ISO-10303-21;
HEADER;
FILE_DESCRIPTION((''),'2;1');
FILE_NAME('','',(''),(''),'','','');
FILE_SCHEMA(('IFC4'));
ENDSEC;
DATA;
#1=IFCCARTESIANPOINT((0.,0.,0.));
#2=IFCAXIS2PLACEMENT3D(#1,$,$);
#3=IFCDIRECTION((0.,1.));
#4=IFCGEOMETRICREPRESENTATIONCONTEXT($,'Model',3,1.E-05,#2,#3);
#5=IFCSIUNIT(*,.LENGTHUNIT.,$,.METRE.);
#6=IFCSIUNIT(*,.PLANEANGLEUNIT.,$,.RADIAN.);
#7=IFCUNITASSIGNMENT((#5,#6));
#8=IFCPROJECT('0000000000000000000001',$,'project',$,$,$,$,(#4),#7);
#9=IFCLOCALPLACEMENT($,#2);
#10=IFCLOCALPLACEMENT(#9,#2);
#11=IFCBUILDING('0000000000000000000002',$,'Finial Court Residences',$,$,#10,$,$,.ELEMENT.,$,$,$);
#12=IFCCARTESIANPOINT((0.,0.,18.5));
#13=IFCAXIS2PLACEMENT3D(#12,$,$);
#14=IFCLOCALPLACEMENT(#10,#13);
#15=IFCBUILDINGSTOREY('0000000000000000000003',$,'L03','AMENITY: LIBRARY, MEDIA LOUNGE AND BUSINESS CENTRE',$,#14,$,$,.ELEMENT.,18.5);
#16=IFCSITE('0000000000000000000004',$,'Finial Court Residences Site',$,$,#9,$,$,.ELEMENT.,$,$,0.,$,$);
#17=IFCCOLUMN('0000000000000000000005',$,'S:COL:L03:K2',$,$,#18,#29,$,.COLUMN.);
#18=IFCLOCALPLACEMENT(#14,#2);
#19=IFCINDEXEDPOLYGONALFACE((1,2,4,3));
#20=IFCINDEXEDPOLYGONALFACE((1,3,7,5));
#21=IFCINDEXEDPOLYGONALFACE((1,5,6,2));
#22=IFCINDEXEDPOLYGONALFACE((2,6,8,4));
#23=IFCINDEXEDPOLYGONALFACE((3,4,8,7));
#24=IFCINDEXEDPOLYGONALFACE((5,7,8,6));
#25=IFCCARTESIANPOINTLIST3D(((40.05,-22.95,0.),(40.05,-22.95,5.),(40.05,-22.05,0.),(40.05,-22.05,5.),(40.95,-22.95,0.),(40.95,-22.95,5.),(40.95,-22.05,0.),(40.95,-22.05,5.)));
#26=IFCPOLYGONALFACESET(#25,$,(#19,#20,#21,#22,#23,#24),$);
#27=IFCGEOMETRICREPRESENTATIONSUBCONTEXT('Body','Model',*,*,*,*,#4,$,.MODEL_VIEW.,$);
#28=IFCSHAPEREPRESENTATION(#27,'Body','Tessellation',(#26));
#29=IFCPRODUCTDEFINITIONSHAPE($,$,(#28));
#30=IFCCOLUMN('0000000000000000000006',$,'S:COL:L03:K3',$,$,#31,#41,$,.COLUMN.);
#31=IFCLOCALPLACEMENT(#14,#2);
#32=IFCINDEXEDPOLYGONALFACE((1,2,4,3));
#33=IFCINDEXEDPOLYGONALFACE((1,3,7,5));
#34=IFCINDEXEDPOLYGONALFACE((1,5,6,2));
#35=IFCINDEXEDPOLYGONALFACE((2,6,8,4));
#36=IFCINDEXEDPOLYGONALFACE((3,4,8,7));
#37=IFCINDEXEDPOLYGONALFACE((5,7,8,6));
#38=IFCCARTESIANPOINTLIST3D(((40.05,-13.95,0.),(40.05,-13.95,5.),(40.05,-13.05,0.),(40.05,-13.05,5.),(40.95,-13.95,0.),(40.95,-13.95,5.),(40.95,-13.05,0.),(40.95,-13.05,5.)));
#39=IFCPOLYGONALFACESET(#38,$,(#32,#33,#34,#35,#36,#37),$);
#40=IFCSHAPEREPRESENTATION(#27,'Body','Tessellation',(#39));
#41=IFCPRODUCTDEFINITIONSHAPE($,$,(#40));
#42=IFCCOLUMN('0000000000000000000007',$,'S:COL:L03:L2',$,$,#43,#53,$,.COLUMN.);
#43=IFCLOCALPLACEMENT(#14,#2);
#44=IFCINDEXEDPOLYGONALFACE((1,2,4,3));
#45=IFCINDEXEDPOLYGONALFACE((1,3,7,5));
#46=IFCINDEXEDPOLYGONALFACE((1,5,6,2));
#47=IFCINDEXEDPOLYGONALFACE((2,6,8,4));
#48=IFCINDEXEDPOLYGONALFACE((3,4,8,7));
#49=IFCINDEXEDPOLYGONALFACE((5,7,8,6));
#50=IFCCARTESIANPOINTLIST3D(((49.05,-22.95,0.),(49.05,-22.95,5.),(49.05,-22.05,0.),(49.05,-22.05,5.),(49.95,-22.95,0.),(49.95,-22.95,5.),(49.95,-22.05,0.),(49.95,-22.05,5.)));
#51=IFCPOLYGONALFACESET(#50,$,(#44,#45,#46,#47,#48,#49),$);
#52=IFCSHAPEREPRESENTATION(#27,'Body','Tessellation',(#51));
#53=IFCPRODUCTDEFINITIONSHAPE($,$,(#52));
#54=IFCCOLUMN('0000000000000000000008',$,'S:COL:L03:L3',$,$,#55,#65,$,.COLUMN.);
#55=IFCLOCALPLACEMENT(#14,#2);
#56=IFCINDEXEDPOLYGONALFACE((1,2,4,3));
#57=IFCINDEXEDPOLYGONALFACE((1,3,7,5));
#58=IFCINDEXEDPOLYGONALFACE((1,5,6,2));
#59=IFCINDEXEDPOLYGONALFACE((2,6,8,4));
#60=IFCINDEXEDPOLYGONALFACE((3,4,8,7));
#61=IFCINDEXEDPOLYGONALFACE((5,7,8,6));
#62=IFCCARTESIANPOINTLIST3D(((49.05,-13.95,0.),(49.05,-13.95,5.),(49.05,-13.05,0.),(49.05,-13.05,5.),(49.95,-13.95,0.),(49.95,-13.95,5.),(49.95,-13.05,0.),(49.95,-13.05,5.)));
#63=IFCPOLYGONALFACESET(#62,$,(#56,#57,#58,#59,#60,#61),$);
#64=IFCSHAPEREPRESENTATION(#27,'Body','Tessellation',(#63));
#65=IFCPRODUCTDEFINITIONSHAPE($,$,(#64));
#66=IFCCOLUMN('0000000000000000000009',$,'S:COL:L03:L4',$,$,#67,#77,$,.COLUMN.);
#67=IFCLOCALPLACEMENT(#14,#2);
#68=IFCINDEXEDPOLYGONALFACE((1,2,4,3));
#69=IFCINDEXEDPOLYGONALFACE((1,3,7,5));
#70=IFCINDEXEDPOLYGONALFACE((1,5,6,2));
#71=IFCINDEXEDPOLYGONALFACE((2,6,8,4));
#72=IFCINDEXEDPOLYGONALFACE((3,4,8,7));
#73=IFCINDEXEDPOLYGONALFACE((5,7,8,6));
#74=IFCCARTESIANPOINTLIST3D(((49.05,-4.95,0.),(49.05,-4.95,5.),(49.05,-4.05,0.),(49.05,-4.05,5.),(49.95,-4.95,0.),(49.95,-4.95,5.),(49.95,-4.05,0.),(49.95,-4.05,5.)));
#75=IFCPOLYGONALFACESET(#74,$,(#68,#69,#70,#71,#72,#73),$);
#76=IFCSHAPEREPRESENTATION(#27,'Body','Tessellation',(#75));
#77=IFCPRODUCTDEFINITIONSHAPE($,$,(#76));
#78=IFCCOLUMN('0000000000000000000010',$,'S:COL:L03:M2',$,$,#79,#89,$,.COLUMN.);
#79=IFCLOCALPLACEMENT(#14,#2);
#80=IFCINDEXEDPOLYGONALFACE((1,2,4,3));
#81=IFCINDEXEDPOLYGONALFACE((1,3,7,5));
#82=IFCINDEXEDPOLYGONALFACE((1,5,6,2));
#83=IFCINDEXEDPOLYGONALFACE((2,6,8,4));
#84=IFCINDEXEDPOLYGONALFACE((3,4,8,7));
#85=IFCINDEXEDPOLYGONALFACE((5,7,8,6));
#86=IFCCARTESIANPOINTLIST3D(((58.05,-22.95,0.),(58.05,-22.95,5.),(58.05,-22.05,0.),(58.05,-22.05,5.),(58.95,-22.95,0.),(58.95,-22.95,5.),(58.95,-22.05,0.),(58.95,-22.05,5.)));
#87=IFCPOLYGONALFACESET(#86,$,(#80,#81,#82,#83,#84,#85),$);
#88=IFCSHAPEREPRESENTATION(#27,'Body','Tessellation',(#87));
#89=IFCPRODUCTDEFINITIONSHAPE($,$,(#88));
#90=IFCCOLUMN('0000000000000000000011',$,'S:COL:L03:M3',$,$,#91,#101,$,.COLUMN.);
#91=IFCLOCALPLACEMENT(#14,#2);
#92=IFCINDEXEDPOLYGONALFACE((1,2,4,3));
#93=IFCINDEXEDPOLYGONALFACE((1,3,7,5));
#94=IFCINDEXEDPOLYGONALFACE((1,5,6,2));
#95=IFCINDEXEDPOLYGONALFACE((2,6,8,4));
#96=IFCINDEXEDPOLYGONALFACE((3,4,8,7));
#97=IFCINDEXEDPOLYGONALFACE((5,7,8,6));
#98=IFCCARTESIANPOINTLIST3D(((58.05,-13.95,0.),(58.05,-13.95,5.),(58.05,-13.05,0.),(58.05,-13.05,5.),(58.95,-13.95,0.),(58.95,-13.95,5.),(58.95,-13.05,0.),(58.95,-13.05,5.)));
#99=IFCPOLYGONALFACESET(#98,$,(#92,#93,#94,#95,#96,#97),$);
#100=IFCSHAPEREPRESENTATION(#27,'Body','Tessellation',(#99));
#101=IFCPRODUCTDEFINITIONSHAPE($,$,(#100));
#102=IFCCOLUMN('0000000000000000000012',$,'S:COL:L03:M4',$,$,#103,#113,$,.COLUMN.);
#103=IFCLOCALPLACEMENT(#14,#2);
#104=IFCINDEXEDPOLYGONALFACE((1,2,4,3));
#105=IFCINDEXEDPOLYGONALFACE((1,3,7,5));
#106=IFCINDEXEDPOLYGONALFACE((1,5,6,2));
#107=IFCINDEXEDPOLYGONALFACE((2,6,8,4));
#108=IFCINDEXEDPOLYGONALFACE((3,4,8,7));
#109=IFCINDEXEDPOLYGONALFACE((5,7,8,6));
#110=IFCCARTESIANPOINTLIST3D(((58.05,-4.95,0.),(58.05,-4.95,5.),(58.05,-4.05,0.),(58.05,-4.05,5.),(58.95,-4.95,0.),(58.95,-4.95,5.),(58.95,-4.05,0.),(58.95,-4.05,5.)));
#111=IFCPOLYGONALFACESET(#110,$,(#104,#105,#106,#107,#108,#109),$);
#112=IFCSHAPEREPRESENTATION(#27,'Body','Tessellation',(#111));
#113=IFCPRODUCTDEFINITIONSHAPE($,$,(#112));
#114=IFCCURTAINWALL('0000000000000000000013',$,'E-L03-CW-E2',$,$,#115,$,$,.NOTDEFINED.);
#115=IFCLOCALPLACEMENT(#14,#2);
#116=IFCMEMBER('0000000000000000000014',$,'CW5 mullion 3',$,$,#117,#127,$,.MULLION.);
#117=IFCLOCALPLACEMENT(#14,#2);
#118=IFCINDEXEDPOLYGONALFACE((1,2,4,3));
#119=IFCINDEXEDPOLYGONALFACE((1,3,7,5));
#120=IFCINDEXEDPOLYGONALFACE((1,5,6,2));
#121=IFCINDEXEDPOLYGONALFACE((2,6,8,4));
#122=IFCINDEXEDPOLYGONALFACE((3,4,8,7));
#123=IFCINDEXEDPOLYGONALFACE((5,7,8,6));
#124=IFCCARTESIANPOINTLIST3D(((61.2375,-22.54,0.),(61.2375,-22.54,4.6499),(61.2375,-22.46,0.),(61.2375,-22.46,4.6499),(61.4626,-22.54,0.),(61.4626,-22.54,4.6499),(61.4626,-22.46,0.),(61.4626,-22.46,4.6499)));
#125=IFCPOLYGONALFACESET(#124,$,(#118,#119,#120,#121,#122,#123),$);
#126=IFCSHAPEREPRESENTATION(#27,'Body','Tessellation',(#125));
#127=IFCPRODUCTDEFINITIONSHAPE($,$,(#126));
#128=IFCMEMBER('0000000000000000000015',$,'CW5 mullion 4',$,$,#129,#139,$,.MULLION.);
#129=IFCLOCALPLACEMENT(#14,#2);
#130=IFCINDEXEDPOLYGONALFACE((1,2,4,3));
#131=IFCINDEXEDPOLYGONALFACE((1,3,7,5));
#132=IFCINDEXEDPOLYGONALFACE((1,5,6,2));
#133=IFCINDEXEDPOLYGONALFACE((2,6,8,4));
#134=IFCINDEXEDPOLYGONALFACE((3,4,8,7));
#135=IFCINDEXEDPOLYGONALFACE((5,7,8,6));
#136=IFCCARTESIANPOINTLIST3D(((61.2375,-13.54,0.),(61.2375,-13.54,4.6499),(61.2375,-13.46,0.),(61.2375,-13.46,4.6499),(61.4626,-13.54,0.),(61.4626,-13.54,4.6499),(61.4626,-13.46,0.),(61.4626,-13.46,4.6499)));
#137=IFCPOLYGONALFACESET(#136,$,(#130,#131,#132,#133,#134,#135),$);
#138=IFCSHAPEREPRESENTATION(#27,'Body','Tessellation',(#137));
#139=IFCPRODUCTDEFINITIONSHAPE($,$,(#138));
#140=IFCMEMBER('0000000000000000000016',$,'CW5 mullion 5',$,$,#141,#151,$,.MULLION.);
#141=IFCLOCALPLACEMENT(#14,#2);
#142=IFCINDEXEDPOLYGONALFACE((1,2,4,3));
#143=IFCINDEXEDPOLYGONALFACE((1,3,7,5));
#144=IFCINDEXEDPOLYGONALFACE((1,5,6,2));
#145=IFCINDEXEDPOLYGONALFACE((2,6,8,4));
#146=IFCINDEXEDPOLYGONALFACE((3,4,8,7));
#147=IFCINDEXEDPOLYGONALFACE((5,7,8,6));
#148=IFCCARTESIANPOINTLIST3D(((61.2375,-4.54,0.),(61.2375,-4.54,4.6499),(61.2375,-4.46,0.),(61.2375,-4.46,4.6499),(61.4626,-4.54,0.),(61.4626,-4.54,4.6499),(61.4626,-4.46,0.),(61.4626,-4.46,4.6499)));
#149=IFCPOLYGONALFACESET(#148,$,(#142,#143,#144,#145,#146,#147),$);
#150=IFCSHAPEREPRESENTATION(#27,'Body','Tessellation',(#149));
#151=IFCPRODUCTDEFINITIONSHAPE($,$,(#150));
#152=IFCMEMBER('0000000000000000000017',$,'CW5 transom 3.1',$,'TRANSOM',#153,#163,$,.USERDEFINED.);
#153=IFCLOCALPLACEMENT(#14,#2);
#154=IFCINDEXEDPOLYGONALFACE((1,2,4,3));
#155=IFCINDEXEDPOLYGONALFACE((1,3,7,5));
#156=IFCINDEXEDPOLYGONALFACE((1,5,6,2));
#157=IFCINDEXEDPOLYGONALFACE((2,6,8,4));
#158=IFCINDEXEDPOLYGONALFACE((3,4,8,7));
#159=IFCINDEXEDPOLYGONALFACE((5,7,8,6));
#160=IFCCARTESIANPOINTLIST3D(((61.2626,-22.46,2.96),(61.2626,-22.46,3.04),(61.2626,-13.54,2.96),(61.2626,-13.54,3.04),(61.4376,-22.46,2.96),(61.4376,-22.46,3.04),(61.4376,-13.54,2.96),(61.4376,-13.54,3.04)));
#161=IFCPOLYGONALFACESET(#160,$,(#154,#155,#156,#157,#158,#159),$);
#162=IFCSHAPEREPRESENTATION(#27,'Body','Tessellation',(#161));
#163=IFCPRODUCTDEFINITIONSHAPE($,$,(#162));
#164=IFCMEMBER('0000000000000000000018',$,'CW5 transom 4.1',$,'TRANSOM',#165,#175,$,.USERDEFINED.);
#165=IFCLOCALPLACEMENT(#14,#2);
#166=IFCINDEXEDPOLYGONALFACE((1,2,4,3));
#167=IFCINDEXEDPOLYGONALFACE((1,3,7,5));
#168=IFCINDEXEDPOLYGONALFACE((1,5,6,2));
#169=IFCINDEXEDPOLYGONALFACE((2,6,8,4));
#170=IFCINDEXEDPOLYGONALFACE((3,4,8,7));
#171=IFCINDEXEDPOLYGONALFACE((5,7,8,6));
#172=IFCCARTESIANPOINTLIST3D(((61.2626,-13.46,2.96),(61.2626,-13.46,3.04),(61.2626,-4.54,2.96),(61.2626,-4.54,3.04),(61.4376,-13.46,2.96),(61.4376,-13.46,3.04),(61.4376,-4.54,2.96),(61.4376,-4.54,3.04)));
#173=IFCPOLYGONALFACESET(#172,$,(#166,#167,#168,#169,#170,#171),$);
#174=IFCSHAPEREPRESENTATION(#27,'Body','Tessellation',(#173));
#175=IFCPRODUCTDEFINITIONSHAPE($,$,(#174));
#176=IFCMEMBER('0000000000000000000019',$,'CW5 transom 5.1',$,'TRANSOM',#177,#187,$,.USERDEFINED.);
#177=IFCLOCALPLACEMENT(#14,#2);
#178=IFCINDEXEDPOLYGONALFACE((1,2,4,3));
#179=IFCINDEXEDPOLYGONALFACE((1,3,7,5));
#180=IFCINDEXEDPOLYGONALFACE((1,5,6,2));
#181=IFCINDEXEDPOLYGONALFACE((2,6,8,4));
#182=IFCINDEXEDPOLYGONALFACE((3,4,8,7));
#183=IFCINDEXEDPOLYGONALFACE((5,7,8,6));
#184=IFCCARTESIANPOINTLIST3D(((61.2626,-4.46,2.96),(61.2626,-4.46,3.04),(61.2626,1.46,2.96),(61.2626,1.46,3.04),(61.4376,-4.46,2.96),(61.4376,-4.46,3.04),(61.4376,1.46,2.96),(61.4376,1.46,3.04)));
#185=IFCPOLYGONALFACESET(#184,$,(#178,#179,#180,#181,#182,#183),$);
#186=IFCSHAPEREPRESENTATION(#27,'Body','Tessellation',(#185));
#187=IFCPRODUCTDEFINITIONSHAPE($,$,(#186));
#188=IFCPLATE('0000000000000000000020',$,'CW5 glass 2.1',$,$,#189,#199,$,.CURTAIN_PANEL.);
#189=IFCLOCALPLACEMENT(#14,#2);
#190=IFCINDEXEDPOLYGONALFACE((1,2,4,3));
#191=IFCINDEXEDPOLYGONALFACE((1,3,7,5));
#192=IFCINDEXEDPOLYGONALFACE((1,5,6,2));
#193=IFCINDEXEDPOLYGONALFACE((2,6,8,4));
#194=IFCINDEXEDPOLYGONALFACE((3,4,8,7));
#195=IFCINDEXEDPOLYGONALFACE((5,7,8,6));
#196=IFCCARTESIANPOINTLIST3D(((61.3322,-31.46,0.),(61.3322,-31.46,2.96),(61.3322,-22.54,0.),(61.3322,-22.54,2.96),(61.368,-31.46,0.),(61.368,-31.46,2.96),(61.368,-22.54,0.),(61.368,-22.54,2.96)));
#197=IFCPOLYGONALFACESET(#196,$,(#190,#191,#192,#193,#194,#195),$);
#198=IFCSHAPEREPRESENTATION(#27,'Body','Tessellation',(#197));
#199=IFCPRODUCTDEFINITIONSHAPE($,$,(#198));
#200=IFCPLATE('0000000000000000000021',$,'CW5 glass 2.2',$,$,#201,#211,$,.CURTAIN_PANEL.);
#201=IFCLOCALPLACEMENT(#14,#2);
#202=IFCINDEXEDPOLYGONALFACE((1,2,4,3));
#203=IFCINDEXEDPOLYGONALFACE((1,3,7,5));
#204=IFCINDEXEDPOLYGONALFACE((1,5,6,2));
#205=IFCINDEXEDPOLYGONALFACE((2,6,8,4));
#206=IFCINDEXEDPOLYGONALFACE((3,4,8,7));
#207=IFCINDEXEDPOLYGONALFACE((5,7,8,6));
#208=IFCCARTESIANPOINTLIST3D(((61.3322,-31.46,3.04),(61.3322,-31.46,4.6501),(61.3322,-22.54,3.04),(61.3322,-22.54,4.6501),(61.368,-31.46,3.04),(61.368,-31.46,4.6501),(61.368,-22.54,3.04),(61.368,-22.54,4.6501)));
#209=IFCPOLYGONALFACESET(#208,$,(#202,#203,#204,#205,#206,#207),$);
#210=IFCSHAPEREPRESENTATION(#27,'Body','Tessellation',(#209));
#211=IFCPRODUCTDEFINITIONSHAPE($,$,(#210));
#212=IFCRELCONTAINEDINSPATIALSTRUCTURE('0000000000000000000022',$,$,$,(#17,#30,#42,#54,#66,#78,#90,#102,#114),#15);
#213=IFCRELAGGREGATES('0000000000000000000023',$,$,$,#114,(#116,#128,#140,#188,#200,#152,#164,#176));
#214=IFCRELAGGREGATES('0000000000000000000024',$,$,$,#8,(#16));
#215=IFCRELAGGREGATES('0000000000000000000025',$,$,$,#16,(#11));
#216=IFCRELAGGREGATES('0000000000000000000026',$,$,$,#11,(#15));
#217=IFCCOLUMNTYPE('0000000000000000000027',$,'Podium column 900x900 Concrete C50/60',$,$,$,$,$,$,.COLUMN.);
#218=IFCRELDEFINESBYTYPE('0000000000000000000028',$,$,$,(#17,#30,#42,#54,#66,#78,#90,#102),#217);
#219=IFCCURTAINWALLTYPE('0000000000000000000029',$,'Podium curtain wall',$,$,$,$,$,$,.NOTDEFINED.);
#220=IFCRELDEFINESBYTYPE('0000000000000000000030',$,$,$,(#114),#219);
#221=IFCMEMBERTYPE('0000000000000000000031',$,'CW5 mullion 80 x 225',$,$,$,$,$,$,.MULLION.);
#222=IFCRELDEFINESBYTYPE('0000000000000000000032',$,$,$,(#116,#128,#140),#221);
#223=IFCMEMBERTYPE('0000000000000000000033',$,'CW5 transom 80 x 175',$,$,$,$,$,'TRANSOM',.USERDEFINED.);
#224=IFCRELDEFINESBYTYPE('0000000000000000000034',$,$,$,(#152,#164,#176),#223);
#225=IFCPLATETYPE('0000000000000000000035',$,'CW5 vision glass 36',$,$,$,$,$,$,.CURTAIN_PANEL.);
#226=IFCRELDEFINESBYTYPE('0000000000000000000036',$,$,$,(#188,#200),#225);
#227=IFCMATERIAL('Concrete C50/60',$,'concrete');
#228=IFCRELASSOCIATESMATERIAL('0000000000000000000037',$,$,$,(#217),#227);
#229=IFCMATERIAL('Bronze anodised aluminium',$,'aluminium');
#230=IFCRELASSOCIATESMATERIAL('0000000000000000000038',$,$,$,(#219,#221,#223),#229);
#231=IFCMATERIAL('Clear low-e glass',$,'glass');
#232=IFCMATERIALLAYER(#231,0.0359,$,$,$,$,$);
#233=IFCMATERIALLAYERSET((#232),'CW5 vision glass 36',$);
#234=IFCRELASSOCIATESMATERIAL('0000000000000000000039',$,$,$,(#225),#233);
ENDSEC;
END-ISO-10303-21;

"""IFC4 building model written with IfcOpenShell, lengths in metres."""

from ifc_helpers import new_model, si_unit, direction, frame, origin, origin_2d, place, context, subcontext, project, spatial, rectangle, extrude, material, layer, layer_set, material_profile, profile_set, type_object, element, aggregate, save


model = new_model("IFC4")

# Units and contexts
model_context = context("Model", 3, precision=1e-05, world=origin(), true_north=direction((0.0, 1.0)))
body_context = subcontext(model_context, "Body", "Model", "MODEL_VIEW")
ifc_project = project(units=[si_unit("LENGTHUNIT", "METRE"), si_unit("PLANEANGLEUNIT", "RADIAN")], contexts=[model_context])

# Site, building, storey
site_placement = place(None, origin())
site = spatial("IfcSite", under=ifc_project, at=site_placement, Name="Finial Court Residences Site", CompositionType="ELEMENT", RefElevation=0.0)
building_placement = place(site_placement, origin())
building = spatial("IfcBuilding", under=site, at=building_placement, Name="Finial Court Residences", CompositionType="ELEMENT")
storey_placement = place(building_placement, frame((0.0, 0.0, 18.5)))
storey = spatial("IfcBuildingStorey", under=building, at=storey_placement, Name="L03", Description="AMENITY: LIBRARY, MEDIA LOUNGE AND BUSINESS CENTRE", CompositionType="ELEMENT", Elevation=18.5)

# Columns
ifc_material_1 = material(Name="Concrete C50/60", Category="concrete")
ifc_material_profile_1 = material_profile(ifc_material_1, rectangle(XDim=0.8999, YDim=0.8999, at=origin_2d()), Name="900x900")
ifc_profile_set_1 = profile_set([ifc_material_profile_1], Name="Concrete C50/60")
column_type = type_object("IfcColumnType", Name="Podium column 900x900 Concrete C50/60", PredefinedType="COLUMN", material=ifc_profile_set_1)
for number, where, z_axis, x_axis, name in (
    (1, (40.5, -22.5, 0.0), (0.0, 0.0, 1.0), (1.0, 0.0, 0.0), "S:COL:L03:K2"),
    (2, (40.5, -13.5, 0.0), (0.0, 0.0, 1.0), (1.0, 0.0, 0.0), "S:COL:L03:K3"),
    (3, (49.5, -22.5, 0.0), (0.0, 0.0, 1.0), (1.0, 0.0, 0.0), "S:COL:L03:L2"),
    (4, (49.5, -13.5, 0.0), (0.0, 0.0, 1.0), (1.0, 0.0, 0.0), "S:COL:L03:L3"),
    (5, (49.5, -4.5, 0.0), (0.0, 0.0, 1.0), (1.0, 0.0, 0.0), "S:COL:L03:L4"),
    (6, (58.5, -22.5, 0.0), (0.0, 0.0, 1.0), (1.0, 0.0, 0.0), "S:COL:L03:M2"),
    (7, (58.5, -13.5, 0.0), (0.0, 0.0, 1.0), (1.0, 0.0, 0.0), "S:COL:L03:M3"),
    (8, (58.5, -4.5, 0.0), (0.0, 0.0, 1.0), (1.0, 0.0, 0.0), "S:COL:L03:M4"),
):
    element("IfcColumn", number, at=place(storey_placement, frame(where, z_axis=z_axis, x_axis=x_axis)), inside=storey, type_object=column_type, Name=name, PredefinedType="COLUMN", context=body_context, shape_type="SweptSolid", body=[
        extrude(rectangle(XDim=0.8999, YDim=0.8999, at=origin_2d()), origin(), (0.0, 0.0, 1.0), 5.0),
    ])

# Curtain wall, members, plates
ifc_material_2 = material(Name="Bronze anodised aluminium", Category="aluminium")
curtain_wall_type = type_object("IfcCurtainWallType", Name="Podium curtain wall", PredefinedType="NOTDEFINED", material=ifc_material_2)
curtain_wall_placement = place(storey_placement, origin())
curtain_wall = element("IfcCurtainWall", 9, at=curtain_wall_placement, inside=storey, type_object=curtain_wall_type, Name="E-L03-CW-E2", PredefinedType="NOTDEFINED")
ifc_material_profile_2 = material_profile(ifc_material_2, rectangle(XDim=0.2251, YDim=0.0801, at=origin_2d()), Name="CW5 mullion 80 x 225")
ifc_profile_set_2 = profile_set([ifc_material_profile_2], Name="Bronze anodised aluminium")
member_type_1 = type_object("IfcMemberType", Name="CW5 mullion 80 x 225", PredefinedType="MULLION", material=ifc_profile_set_2)
member_1_placement = place(storey_placement, frame((61.3501, -22.5, 0.0), z_axis=(0.0, 0.0, 1.0), x_axis=(-1.0, 0.0, 0.0)))
member_1 = element("IfcMember", 10, at=member_1_placement, type_object=member_type_1, Name="CW5 mullion 3", PredefinedType="MULLION", context=body_context, shape_type="SweptSolid", body=[
    extrude(rectangle(XDim=0.2251, YDim=0.0801, at=origin_2d()), origin(), (0.0, 0.0, 1.0), 4.6499),
])
member_2_placement = place(storey_placement, frame((61.3501, -13.5, 0.0), z_axis=(0.0, 0.0, 1.0), x_axis=(-1.0, 0.0, 0.0)))
member_2 = element("IfcMember", 11, at=member_2_placement, type_object=member_type_1, Name="CW5 mullion 4", PredefinedType="MULLION", context=body_context, shape_type="SweptSolid", body=[
    extrude(rectangle(XDim=0.2251, YDim=0.0801, at=origin_2d()), origin(), (0.0, 0.0, 1.0), 4.6499),
])
member_3_placement = place(storey_placement, frame((61.3501, -4.5, 0.0), z_axis=(0.0, 0.0, 1.0), x_axis=(-1.0, 0.0, 0.0)))
member_3 = element("IfcMember", 12, at=member_3_placement, type_object=member_type_1, Name="CW5 mullion 5", PredefinedType="MULLION", context=body_context, shape_type="SweptSolid", body=[
    extrude(rectangle(XDim=0.2251, YDim=0.0801, at=origin_2d()), origin(), (0.0, 0.0, 1.0), 4.6499),
])
ifc_material_profile_3 = material_profile(ifc_material_2, rectangle(XDim=0.175, YDim=0.0801, at=origin_2d()), Name="CW5 transom 80 x 175")
ifc_profile_set_3 = profile_set([ifc_material_profile_3], Name="Bronze anodised aluminium")
member_type_2 = type_object("IfcMemberType", Name="CW5 transom 80 x 175", ElementType="TRANSOM", PredefinedType="USERDEFINED", material=ifc_profile_set_3)
member_4_placement = place(storey_placement, frame((61.3501, -22.46, 3.0), z_axis=(0.0, 1.0, 0.0), x_axis=(-1.0, 0.0, 0.0)))
member_4 = element("IfcMember", 13, at=member_4_placement, type_object=member_type_2, Name="CW5 transom 3.1", ObjectType="TRANSOM", PredefinedType="USERDEFINED", context=body_context, shape_type="SweptSolid", body=[
    extrude(rectangle(XDim=0.175, YDim=0.0801, at=origin_2d()), origin(), (0.0, 0.0, 1.0), 8.9199),
])
member_5_placement = place(storey_placement, frame((61.3501, -13.46, 3.0), z_axis=(0.0, 1.0, 0.0), x_axis=(-1.0, 0.0, 0.0)))
member_5 = element("IfcMember", 14, at=member_5_placement, type_object=member_type_2, Name="CW5 transom 4.1", ObjectType="TRANSOM", PredefinedType="USERDEFINED", context=body_context, shape_type="SweptSolid", body=[
    extrude(rectangle(XDim=0.175, YDim=0.0801, at=origin_2d()), origin(), (0.0, 0.0, 1.0), 8.9199),
])
member_6_placement = place(storey_placement, frame((61.3501, -4.46, 3.0), z_axis=(0.0, 1.0, 0.0), x_axis=(-1.0, 0.0, 0.0)))
member_6 = element("IfcMember", 15, at=member_6_placement, type_object=member_type_2, Name="CW5 transom 5.1", ObjectType="TRANSOM", PredefinedType="USERDEFINED", context=body_context, shape_type="SweptSolid", body=[
    extrude(rectangle(XDim=0.175, YDim=0.0801, at=origin_2d()), origin(), (0.0, 0.0, 1.0), 5.9199),
])
ifc_material_3 = material(Name="Clear low-e glass", Category="glass")
ifc_layer_1 = layer(ifc_material_3, 0.0359)
ifc_layer_set_1 = layer_set([ifc_layer_1], Name="CW5 vision glass 36")
plate_type = type_object("IfcPlateType", Name="CW5 vision glass 36", PredefinedType="CURTAIN_PANEL", material=ifc_layer_set_1)
plate_1_placement = place(storey_placement, frame((61.3501, -27.0, 0.0), z_axis=(0.0, 0.0, 1.0), x_axis=(0.0, 1.0, 0.0)))
plate_1 = element("IfcPlate", 16, at=plate_1_placement, type_object=plate_type, Name="CW5 glass 2.1", PredefinedType="CURTAIN_PANEL", context=body_context, shape_type="SweptSolid", body=[
    extrude(rectangle(XDim=8.9199, YDim=0.0359, at=origin_2d()), origin(), (0.0, 0.0, 1.0), 2.96),
])
plate_2_placement = place(storey_placement, frame((61.3501, -27.0, 3.04), z_axis=(0.0, 0.0, 1.0), x_axis=(0.0, 1.0, 0.0)))
plate_2 = element("IfcPlate", 17, at=plate_2_placement, type_object=plate_type, Name="CW5 glass 2.2", PredefinedType="CURTAIN_PANEL", context=body_context, shape_type="SweptSolid", body=[
    extrude(rectangle(XDim=8.9199, YDim=0.0359, at=origin_2d()), origin(), (0.0, 0.0, 1.0), 1.6101),
])
aggregate(curtain_wall, [member_1, member_2, member_3, plate_1, plate_2, member_4, member_5, member_6])

save(model, "model.ifc")
